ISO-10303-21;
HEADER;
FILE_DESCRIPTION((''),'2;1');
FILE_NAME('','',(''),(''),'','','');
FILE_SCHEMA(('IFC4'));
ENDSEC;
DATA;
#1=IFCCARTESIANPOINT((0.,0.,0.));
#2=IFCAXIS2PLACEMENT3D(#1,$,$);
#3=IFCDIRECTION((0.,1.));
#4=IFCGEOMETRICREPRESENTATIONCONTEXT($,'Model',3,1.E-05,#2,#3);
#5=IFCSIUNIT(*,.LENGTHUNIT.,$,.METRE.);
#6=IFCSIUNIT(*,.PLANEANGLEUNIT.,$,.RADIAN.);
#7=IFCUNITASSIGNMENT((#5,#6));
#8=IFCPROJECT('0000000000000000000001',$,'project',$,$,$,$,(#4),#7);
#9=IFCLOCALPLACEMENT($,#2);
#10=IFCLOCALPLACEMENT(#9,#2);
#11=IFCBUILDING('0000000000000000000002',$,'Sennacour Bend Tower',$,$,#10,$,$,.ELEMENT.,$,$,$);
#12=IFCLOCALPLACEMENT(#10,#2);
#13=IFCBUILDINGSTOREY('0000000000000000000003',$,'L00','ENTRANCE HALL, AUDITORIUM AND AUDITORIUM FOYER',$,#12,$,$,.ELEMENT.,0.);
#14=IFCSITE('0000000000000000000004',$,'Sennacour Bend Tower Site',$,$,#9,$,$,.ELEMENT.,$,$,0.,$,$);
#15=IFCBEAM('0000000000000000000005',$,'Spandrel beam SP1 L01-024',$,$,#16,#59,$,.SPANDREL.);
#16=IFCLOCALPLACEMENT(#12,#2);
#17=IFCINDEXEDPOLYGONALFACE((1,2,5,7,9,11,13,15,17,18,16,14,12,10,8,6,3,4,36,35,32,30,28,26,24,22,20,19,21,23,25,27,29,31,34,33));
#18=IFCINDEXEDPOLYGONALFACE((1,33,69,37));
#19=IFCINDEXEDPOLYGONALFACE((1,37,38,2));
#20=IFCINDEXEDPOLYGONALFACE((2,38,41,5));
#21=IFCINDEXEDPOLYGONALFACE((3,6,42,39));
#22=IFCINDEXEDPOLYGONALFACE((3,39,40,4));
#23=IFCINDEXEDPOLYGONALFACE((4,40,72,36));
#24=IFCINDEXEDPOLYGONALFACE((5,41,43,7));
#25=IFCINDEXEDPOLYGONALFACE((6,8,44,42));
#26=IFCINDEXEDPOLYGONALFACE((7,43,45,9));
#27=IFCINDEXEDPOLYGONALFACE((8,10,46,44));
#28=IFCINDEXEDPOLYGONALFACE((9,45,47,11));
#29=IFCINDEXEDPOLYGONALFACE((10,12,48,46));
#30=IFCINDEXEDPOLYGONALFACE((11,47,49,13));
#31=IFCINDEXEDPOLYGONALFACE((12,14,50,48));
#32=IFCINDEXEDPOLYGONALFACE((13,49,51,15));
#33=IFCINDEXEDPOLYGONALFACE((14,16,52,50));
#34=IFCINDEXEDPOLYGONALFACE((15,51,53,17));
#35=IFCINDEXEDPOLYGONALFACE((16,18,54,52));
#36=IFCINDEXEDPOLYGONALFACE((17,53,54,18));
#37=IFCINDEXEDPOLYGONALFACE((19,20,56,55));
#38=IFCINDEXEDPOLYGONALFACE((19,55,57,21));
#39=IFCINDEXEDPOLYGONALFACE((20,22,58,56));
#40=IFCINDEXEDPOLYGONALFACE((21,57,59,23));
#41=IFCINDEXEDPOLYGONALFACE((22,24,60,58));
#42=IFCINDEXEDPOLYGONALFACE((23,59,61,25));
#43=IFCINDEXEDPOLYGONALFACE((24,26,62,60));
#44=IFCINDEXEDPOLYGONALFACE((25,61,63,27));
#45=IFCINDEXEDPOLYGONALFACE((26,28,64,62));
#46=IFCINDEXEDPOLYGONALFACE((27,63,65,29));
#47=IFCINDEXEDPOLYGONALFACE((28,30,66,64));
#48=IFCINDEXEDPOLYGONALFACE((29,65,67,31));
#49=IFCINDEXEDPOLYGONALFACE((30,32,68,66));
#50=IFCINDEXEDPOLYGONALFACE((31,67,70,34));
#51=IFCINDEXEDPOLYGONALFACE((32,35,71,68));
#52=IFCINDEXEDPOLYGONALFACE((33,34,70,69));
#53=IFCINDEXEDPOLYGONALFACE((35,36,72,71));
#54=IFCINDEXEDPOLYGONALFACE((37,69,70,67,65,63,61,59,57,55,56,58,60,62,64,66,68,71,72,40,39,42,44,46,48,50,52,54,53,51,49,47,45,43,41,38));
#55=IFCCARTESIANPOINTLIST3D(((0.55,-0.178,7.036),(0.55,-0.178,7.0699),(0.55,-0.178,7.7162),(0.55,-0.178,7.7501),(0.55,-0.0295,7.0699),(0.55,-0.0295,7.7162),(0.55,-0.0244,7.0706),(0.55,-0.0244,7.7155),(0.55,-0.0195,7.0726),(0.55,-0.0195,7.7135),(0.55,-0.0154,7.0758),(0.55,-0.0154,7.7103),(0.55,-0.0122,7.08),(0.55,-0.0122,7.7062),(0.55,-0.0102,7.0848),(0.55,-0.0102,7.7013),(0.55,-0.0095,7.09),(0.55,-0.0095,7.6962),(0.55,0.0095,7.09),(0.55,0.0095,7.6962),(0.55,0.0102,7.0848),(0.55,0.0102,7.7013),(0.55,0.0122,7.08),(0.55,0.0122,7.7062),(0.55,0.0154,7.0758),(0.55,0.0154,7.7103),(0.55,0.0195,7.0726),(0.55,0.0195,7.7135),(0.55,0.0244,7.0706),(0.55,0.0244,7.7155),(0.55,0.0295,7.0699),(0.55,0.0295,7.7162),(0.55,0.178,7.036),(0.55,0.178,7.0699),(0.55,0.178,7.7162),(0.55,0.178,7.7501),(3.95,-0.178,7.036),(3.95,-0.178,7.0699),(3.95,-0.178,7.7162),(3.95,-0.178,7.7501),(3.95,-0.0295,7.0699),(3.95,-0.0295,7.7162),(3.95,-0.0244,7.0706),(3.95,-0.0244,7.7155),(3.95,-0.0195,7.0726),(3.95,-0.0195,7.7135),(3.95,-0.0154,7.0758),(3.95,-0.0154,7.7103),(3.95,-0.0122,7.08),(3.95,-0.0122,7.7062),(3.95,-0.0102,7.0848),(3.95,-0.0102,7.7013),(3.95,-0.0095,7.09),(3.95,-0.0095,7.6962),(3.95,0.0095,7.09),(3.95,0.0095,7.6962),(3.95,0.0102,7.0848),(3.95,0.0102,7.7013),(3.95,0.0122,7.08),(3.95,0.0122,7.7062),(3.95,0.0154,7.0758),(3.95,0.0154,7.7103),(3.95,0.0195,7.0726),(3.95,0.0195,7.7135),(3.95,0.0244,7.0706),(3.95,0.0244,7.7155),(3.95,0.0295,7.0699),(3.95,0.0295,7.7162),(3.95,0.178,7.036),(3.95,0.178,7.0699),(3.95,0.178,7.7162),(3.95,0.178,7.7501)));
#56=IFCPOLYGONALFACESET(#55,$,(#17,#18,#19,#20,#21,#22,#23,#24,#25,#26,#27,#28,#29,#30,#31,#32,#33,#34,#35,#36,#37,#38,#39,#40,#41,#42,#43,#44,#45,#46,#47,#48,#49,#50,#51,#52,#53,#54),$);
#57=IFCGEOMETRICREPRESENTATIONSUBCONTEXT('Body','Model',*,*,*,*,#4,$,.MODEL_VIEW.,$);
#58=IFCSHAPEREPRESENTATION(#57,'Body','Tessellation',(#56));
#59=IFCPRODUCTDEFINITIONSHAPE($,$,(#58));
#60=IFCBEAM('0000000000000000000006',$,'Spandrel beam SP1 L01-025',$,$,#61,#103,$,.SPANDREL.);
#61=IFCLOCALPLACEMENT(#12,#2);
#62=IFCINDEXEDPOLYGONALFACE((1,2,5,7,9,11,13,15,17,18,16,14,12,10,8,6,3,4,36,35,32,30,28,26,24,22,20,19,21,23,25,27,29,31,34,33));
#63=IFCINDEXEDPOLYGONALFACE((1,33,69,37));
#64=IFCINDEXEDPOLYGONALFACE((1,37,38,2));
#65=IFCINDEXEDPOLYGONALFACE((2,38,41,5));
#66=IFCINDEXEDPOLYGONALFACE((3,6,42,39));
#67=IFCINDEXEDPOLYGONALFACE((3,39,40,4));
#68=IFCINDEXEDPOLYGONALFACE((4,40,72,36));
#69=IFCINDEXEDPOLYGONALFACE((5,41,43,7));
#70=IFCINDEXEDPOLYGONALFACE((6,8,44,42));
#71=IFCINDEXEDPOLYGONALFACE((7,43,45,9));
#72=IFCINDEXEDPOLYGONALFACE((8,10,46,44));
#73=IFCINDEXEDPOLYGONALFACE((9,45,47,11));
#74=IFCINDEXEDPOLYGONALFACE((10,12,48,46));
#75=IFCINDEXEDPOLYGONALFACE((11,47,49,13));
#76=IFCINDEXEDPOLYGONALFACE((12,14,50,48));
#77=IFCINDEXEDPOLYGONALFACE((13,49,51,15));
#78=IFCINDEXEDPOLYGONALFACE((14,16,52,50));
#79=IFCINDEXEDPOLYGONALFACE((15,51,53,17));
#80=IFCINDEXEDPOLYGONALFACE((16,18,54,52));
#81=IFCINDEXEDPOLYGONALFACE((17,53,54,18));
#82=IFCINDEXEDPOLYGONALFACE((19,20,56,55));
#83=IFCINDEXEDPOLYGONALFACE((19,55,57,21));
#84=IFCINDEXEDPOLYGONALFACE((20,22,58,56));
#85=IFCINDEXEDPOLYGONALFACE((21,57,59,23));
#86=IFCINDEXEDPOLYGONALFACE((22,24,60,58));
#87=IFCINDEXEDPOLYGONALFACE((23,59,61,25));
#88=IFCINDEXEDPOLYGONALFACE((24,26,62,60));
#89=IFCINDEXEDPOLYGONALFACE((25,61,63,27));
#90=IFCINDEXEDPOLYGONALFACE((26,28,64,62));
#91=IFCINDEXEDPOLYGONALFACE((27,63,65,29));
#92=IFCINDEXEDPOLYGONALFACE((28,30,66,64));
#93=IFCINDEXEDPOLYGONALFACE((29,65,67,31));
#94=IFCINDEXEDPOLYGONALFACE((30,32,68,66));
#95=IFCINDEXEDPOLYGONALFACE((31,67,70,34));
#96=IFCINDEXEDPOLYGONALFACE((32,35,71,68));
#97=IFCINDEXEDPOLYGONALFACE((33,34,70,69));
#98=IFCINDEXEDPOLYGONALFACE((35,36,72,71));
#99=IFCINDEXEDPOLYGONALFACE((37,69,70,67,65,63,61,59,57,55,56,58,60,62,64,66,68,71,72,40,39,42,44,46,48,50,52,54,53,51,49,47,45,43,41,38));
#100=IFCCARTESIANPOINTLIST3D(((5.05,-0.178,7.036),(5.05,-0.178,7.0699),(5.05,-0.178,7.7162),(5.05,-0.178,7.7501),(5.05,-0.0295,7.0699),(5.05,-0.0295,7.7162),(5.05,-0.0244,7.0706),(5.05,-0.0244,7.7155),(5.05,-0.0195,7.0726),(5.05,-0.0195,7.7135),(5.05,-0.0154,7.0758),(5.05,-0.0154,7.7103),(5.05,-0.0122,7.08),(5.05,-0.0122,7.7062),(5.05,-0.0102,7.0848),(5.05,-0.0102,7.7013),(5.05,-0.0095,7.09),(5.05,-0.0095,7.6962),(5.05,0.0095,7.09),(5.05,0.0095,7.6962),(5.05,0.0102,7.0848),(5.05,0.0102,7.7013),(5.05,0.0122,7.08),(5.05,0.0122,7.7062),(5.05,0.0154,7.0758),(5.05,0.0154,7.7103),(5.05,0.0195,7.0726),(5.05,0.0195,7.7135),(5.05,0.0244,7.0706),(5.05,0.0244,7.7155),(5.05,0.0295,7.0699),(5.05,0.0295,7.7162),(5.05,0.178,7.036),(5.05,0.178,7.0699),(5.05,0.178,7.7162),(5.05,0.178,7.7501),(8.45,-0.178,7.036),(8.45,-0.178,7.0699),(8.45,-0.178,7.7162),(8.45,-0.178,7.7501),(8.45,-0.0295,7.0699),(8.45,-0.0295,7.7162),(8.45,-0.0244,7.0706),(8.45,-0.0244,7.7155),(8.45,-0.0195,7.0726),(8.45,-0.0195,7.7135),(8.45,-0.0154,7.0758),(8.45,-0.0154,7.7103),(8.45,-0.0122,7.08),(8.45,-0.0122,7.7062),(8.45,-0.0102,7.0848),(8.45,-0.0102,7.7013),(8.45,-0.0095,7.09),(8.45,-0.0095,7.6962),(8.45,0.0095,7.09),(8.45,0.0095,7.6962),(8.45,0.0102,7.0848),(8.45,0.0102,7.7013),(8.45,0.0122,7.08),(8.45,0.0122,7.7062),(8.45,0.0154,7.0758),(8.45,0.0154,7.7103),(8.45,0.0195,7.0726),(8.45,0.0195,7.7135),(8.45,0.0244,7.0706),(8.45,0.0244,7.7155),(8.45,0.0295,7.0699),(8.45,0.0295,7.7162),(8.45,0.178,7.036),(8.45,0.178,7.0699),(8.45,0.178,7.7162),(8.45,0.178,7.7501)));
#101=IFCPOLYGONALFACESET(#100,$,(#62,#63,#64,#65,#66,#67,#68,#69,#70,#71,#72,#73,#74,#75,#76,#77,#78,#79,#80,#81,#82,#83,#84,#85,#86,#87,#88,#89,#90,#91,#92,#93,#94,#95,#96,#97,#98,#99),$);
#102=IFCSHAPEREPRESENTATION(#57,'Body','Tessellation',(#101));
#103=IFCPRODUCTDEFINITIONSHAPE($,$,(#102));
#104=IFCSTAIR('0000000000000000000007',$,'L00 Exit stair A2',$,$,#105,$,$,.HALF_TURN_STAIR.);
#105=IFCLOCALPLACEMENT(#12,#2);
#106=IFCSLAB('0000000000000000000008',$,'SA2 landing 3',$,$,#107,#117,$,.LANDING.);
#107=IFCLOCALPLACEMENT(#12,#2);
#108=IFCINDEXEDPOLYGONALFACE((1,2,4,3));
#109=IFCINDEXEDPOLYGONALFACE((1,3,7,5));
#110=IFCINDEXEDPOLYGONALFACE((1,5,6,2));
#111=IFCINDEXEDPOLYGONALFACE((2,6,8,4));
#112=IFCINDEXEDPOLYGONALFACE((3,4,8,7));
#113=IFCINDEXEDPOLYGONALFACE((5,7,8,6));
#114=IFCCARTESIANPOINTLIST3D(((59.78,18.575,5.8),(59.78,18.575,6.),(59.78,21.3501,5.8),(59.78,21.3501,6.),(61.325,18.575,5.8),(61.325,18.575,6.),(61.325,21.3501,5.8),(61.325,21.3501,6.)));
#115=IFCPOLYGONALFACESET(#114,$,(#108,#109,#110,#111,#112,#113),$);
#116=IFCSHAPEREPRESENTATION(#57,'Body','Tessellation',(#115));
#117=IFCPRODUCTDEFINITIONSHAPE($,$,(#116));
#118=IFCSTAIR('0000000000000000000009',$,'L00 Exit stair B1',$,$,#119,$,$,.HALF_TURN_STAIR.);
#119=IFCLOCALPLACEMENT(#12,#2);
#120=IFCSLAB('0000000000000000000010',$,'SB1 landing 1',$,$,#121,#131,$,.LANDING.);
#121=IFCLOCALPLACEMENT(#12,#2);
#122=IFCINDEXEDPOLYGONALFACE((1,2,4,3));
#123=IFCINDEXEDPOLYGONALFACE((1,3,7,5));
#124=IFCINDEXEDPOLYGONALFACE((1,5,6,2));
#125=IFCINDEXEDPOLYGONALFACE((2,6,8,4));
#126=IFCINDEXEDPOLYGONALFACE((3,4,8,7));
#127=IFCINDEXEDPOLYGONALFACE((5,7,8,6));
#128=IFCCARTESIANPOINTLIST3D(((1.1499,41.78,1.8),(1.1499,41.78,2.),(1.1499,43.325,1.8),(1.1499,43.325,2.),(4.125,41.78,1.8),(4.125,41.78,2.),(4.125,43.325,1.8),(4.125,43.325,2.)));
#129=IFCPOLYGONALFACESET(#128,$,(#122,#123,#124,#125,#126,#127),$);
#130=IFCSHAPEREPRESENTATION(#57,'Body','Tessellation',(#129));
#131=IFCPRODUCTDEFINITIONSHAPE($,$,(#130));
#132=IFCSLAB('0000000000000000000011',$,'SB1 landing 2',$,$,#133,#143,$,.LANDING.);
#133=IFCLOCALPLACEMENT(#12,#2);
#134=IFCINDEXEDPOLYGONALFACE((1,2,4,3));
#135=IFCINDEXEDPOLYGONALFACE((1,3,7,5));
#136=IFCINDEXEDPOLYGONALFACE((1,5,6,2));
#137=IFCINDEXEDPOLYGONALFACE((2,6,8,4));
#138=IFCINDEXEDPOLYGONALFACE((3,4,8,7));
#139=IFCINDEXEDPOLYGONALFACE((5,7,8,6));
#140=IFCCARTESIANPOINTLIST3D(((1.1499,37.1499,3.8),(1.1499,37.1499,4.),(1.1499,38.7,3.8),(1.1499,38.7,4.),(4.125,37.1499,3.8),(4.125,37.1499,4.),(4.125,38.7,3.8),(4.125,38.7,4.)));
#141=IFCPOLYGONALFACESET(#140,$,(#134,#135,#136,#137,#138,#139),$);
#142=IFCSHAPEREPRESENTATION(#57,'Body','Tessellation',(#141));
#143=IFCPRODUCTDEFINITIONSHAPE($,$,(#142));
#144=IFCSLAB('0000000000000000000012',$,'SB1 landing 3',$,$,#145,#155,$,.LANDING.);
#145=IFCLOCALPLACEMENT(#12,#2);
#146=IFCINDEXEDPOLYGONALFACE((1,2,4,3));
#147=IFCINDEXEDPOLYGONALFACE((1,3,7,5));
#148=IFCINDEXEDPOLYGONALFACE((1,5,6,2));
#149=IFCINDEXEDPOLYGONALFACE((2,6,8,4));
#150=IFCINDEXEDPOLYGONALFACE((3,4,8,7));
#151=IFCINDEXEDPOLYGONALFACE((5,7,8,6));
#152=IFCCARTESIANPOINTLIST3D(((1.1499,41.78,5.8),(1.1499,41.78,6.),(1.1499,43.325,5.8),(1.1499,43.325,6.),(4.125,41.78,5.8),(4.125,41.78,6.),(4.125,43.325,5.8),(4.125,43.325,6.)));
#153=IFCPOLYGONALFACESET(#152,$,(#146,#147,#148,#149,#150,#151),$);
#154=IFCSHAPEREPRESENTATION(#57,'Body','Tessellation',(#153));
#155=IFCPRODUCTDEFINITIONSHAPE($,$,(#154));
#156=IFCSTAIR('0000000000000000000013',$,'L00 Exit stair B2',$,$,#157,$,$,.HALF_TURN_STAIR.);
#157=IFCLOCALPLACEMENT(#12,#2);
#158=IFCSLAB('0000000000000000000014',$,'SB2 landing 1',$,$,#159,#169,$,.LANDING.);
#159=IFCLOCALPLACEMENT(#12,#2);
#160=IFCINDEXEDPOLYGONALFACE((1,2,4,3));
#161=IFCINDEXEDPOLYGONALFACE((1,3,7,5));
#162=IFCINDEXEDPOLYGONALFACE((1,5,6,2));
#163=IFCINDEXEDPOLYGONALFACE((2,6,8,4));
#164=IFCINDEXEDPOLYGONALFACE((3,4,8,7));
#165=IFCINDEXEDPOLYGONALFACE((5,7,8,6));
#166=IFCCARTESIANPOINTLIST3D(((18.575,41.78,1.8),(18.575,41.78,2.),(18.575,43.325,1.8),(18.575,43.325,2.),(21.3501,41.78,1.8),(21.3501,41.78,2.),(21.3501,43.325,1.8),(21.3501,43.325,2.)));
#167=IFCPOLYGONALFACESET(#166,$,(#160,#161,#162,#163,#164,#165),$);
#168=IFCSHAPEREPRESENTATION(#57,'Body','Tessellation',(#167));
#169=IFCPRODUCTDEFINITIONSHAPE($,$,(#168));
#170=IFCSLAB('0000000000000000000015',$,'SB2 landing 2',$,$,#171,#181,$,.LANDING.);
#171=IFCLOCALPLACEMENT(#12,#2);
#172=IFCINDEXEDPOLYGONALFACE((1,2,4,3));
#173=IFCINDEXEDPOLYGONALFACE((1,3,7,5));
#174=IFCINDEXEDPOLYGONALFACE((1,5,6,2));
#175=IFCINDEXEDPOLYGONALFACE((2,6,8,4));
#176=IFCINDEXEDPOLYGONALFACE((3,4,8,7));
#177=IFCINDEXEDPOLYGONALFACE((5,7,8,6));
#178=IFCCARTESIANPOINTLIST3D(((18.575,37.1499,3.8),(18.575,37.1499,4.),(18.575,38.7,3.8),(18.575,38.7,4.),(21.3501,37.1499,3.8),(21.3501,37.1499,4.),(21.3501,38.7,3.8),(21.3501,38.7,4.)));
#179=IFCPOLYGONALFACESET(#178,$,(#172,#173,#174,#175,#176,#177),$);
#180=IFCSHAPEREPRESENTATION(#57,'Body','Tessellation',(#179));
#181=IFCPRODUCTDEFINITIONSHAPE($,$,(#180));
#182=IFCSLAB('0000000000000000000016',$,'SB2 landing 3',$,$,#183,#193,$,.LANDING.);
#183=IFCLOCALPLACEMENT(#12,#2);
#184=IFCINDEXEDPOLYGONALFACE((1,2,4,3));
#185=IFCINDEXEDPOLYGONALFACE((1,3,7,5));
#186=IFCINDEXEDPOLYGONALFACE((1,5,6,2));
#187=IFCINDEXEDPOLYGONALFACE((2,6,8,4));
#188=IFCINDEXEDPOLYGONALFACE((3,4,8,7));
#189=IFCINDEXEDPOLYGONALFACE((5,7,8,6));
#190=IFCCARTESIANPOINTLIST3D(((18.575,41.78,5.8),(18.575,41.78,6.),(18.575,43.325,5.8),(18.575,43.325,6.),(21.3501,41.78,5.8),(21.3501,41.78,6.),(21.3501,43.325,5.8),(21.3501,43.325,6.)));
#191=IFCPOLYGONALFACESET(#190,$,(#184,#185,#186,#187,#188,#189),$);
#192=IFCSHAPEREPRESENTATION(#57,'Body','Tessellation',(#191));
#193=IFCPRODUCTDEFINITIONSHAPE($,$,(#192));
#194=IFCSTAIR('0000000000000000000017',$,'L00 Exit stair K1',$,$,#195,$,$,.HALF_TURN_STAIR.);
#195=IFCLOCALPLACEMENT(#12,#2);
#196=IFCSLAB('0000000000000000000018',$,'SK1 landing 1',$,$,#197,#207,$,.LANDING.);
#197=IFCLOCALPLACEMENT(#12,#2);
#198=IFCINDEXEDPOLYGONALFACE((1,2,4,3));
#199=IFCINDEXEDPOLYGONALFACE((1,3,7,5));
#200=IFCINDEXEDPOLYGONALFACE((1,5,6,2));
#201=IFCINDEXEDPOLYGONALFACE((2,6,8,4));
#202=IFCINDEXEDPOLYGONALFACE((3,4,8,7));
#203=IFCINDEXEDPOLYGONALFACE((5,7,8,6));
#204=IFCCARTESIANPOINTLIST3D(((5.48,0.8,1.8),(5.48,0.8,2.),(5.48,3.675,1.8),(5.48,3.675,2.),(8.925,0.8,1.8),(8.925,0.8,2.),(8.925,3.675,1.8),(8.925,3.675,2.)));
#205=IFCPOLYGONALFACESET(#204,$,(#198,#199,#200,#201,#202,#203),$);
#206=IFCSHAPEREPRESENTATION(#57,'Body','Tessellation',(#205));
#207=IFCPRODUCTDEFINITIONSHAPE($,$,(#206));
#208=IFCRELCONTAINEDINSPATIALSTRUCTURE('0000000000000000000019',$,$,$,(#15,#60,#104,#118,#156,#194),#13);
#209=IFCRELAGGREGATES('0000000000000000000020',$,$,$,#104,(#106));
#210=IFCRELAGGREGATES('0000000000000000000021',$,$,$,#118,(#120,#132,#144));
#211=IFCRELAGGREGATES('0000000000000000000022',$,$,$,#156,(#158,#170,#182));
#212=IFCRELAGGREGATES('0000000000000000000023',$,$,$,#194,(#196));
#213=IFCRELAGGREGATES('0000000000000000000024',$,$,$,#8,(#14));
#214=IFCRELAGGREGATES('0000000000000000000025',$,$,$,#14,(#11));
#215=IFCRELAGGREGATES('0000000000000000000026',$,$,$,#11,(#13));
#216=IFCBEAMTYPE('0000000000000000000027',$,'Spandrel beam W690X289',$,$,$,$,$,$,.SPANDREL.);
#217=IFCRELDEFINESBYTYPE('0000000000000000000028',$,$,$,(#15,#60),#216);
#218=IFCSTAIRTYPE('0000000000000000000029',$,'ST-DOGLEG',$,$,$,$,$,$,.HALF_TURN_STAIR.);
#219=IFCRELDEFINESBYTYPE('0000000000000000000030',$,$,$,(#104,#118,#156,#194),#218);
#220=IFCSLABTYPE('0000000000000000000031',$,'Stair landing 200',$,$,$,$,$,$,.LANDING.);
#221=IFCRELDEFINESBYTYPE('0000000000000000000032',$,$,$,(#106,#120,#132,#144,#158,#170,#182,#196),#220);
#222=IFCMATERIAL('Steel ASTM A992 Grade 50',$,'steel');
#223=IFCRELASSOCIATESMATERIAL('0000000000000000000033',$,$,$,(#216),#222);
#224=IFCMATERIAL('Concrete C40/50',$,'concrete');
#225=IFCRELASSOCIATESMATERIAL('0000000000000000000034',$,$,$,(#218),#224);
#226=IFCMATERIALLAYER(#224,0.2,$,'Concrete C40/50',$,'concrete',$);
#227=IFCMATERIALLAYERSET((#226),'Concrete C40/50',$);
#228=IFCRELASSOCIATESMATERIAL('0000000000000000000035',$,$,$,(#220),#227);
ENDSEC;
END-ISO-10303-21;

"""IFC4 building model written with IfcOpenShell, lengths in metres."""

from ifc_helpers import new_model, si_unit, direction, frame, origin, origin_2d, place, context, subcontext, project, spatial, polyline, i_section, outline, extrude, material, layer, layer_set, material_profile, profile_set, type_object, element, aggregate, save


model = new_model("IFC4")

# Units and contexts
model_context = context("Model", 3, precision=1e-05, world=origin(), true_north=direction((0.0, 1.0)))
body_context = subcontext(model_context, "Body", "Model", "MODEL_VIEW")
ifc_project = project(units=[si_unit("LENGTHUNIT", "METRE"), si_unit("PLANEANGLEUNIT", "RADIAN")], contexts=[model_context])

# Site, building, storey
site_placement = place(None, origin())
site = spatial("IfcSite", under=ifc_project, at=site_placement, Name="Sennacour Bend Tower Site", CompositionType="ELEMENT", RefElevation=0.0)
building_placement = place(site_placement, origin())
building = spatial("IfcBuilding", under=site, at=building_placement, Name="Sennacour Bend Tower", CompositionType="ELEMENT")
storey_placement = place(building_placement, origin())
storey = spatial("IfcBuildingStorey", under=building, at=storey_placement, Name="L00", Description="ENTRANCE HALL, AUDITORIUM AND AUDITORIUM FOYER", CompositionType="ELEMENT", Elevation=0.0)

# Beams
ifc_material_1 = material(Name="Steel ASTM A992 Grade 50", Category="steel")
ifc_material_profile_1 = material_profile(ifc_material_1, i_section(OverallWidth=0.356, OverallDepth=0.7141, WebThickness=0.019, FlangeThickness=0.0339, FilletRadius=0.02, at=origin_2d()), Name="Steel ASTM A992 Grade 50", Category="steel")
ifc_profile_set_1 = profile_set([ifc_material_profile_1], Name="Steel ASTM A992 Grade 50")
beam_type = type_object("IfcBeamType", Name="Spandrel beam W690X289", PredefinedType="SPANDREL", material=ifc_profile_set_1)
for number, where, z_axis, x_axis, name in (
    (1, (0.55, 0.0, 7.3931), (1.0, 0.0, 0.0), (0.0, 1.0, 0.0), "Spandrel beam SP1 L01-024"),
    (2, (5.05, 0.0, 7.3931), (1.0, 0.0, 0.0), (0.0, 1.0, 0.0), "Spandrel beam SP1 L01-025"),
):
    element("IfcBeam", number, at=place(storey_placement, frame(where, z_axis=z_axis, x_axis=x_axis)), inside=storey, type_object=beam_type, Name=name, PredefinedType="SPANDREL", context=body_context, shape_type="SweptSolid", body=[
        extrude(i_section(OverallWidth=0.356, OverallDepth=0.7141, WebThickness=0.019, FlangeThickness=0.0339, FilletRadius=0.02, at=origin_2d()), origin(), (0.0, 0.0, 1.0), 3.3999),
    ])

# Stair, slab
ifc_material_2 = material(Name="Concrete C40/50", Category="concrete")
stair_type = type_object("IfcStairType", Name="ST-DOGLEG", PredefinedType="HALF_TURN_STAIR", material=ifc_material_2)
stair_1_placement = place(storey_placement, origin())
stair_1 = element("IfcStair", 3, at=stair_1_placement, inside=storey, type_object=stair_type, Name="L00 Exit stair A2", PredefinedType="HALF_TURN_STAIR")
ifc_layer_1 = layer(ifc_material_2, 0.2, Name="Concrete C40/50", Category="concrete")
ifc_layer_set_1 = layer_set([ifc_layer_1], Name="Concrete C40/50")
slab_type = type_object("IfcSlabType", Name="Stair landing 200", PredefinedType="LANDING", material=ifc_layer_set_1)
slab_1_placement = place(storey_placement, frame((0.0, 0.0, 5.8)))
slab_1 = element("IfcSlab", 4, at=slab_1_placement, type_object=slab_type, Name="SA2 landing 3", PredefinedType="LANDING", context=body_context, shape_type="SweptSolid", body=[
    extrude(outline(polyline([(59.78, 18.575), (61.325, 18.575), (61.325, 21.3501), (59.78, 21.3501), (59.78, 18.575)])), origin(), (0.0, 0.0, 1.0), 0.2),
])
aggregate(stair_1, [slab_1])

# Stairs, slabs
stair_2_placement = place(storey_placement, origin())
stair_2 = element("IfcStair", 5, at=stair_2_placement, inside=storey, type_object=stair_type, Name="L00 Exit stair B1", PredefinedType="HALF_TURN_STAIR")
slab_2_placement = place(storey_placement, frame((0.0, 0.0, 1.8)))
slab_2 = element("IfcSlab", 6, at=slab_2_placement, type_object=slab_type, Name="SB1 landing 1", PredefinedType="LANDING", context=body_context, shape_type="SweptSolid", body=[
    extrude(outline(polyline([(1.1499, 41.78), (4.125, 41.78), (4.125, 43.325), (1.1499, 43.325), (1.1499, 41.78)])), origin(), (0.0, 0.0, 1.0), 0.2),
])
slab_3_placement = place(storey_placement, frame((0.0, 0.0, 3.8)))
slab_3 = element("IfcSlab", 7, at=slab_3_placement, type_object=slab_type, Name="SB1 landing 2", PredefinedType="LANDING", context=body_context, shape_type="SweptSolid", body=[
    extrude(outline(polyline([(1.1499, 37.1499), (4.125, 37.1499), (4.125, 38.7), (1.1499, 38.7), (1.1499, 37.1499)])), origin(), (0.0, 0.0, 1.0), 0.2),
])
slab_4_placement = place(storey_placement, frame((0.0, 0.0, 5.8)))
slab_4 = element("IfcSlab", 8, at=slab_4_placement, type_object=slab_type, Name="SB1 landing 3", PredefinedType="LANDING", context=body_context, shape_type="SweptSolid", body=[
    extrude(outline(polyline([(1.1499, 41.78), (4.125, 41.78), (4.125, 43.325), (1.1499, 43.325), (1.1499, 41.78)])), origin(), (0.0, 0.0, 1.0), 0.2),
])
aggregate(stair_2, [slab_2, slab_3, slab_4])
stair_3_placement = place(storey_placement, origin())
stair_3 = element("IfcStair", 9, at=stair_3_placement, inside=storey, type_object=stair_type, Name="L00 Exit stair B2", PredefinedType="HALF_TURN_STAIR")
slab_5_placement = place(storey_placement, frame((0.0, 0.0, 1.8)))
slab_5 = element("IfcSlab", 10, at=slab_5_placement, type_object=slab_type, Name="SB2 landing 1", PredefinedType="LANDING", context=body_context, shape_type="SweptSolid", body=[
    extrude(outline(polyline([(18.575, 41.78), (21.3501, 41.78), (21.3501, 43.325), (18.575, 43.325), (18.575, 41.78)])), origin(), (0.0, 0.0, 1.0), 0.2),
])
slab_6_placement = place(storey_placement, frame((0.0, 0.0, 3.8)))
slab_6 = element("IfcSlab", 11, at=slab_6_placement, type_object=slab_type, Name="SB2 landing 2", PredefinedType="LANDING", context=body_context, shape_type="SweptSolid", body=[
    extrude(outline(polyline([(18.575, 37.1499), (21.3501, 37.1499), (21.3501, 38.7), (18.575, 38.7), (18.575, 37.1499)])), origin(), (0.0, 0.0, 1.0), 0.2),
])
slab_7_placement = place(storey_placement, frame((0.0, 0.0, 5.8)))
slab_7 = element("IfcSlab", 12, at=slab_7_placement, type_object=slab_type, Name="SB2 landing 3", PredefinedType="LANDING", context=body_context, shape_type="SweptSolid", body=[
    extrude(outline(polyline([(18.575, 41.78), (21.3501, 41.78), (21.3501, 43.325), (18.575, 43.325), (18.575, 41.78)])), origin(), (0.0, 0.0, 1.0), 0.2),
])
aggregate(stair_3, [slab_5, slab_6, slab_7])
stair_4_placement = place(storey_placement, origin())
stair_4 = element("IfcStair", 13, at=stair_4_placement, inside=storey, type_object=stair_type, Name="L00 Exit stair K1", PredefinedType="HALF_TURN_STAIR")
slab_8_placement = place(storey_placement, frame((0.0, 0.0, 1.8)))
slab_8 = element("IfcSlab", 14, at=slab_8_placement, type_object=slab_type, Name="SK1 landing 1", PredefinedType="LANDING", context=body_context, shape_type="SweptSolid", body=[
    extrude(outline(polyline([(5.48, 0.8), (8.925, 0.8), (8.925, 3.675), (5.48, 3.675), (5.48, 0.8)])), origin(), (0.0, 0.0, 1.0), 0.2),
])
aggregate(stair_4, [slab_8])

save(model, "model.ifc")
